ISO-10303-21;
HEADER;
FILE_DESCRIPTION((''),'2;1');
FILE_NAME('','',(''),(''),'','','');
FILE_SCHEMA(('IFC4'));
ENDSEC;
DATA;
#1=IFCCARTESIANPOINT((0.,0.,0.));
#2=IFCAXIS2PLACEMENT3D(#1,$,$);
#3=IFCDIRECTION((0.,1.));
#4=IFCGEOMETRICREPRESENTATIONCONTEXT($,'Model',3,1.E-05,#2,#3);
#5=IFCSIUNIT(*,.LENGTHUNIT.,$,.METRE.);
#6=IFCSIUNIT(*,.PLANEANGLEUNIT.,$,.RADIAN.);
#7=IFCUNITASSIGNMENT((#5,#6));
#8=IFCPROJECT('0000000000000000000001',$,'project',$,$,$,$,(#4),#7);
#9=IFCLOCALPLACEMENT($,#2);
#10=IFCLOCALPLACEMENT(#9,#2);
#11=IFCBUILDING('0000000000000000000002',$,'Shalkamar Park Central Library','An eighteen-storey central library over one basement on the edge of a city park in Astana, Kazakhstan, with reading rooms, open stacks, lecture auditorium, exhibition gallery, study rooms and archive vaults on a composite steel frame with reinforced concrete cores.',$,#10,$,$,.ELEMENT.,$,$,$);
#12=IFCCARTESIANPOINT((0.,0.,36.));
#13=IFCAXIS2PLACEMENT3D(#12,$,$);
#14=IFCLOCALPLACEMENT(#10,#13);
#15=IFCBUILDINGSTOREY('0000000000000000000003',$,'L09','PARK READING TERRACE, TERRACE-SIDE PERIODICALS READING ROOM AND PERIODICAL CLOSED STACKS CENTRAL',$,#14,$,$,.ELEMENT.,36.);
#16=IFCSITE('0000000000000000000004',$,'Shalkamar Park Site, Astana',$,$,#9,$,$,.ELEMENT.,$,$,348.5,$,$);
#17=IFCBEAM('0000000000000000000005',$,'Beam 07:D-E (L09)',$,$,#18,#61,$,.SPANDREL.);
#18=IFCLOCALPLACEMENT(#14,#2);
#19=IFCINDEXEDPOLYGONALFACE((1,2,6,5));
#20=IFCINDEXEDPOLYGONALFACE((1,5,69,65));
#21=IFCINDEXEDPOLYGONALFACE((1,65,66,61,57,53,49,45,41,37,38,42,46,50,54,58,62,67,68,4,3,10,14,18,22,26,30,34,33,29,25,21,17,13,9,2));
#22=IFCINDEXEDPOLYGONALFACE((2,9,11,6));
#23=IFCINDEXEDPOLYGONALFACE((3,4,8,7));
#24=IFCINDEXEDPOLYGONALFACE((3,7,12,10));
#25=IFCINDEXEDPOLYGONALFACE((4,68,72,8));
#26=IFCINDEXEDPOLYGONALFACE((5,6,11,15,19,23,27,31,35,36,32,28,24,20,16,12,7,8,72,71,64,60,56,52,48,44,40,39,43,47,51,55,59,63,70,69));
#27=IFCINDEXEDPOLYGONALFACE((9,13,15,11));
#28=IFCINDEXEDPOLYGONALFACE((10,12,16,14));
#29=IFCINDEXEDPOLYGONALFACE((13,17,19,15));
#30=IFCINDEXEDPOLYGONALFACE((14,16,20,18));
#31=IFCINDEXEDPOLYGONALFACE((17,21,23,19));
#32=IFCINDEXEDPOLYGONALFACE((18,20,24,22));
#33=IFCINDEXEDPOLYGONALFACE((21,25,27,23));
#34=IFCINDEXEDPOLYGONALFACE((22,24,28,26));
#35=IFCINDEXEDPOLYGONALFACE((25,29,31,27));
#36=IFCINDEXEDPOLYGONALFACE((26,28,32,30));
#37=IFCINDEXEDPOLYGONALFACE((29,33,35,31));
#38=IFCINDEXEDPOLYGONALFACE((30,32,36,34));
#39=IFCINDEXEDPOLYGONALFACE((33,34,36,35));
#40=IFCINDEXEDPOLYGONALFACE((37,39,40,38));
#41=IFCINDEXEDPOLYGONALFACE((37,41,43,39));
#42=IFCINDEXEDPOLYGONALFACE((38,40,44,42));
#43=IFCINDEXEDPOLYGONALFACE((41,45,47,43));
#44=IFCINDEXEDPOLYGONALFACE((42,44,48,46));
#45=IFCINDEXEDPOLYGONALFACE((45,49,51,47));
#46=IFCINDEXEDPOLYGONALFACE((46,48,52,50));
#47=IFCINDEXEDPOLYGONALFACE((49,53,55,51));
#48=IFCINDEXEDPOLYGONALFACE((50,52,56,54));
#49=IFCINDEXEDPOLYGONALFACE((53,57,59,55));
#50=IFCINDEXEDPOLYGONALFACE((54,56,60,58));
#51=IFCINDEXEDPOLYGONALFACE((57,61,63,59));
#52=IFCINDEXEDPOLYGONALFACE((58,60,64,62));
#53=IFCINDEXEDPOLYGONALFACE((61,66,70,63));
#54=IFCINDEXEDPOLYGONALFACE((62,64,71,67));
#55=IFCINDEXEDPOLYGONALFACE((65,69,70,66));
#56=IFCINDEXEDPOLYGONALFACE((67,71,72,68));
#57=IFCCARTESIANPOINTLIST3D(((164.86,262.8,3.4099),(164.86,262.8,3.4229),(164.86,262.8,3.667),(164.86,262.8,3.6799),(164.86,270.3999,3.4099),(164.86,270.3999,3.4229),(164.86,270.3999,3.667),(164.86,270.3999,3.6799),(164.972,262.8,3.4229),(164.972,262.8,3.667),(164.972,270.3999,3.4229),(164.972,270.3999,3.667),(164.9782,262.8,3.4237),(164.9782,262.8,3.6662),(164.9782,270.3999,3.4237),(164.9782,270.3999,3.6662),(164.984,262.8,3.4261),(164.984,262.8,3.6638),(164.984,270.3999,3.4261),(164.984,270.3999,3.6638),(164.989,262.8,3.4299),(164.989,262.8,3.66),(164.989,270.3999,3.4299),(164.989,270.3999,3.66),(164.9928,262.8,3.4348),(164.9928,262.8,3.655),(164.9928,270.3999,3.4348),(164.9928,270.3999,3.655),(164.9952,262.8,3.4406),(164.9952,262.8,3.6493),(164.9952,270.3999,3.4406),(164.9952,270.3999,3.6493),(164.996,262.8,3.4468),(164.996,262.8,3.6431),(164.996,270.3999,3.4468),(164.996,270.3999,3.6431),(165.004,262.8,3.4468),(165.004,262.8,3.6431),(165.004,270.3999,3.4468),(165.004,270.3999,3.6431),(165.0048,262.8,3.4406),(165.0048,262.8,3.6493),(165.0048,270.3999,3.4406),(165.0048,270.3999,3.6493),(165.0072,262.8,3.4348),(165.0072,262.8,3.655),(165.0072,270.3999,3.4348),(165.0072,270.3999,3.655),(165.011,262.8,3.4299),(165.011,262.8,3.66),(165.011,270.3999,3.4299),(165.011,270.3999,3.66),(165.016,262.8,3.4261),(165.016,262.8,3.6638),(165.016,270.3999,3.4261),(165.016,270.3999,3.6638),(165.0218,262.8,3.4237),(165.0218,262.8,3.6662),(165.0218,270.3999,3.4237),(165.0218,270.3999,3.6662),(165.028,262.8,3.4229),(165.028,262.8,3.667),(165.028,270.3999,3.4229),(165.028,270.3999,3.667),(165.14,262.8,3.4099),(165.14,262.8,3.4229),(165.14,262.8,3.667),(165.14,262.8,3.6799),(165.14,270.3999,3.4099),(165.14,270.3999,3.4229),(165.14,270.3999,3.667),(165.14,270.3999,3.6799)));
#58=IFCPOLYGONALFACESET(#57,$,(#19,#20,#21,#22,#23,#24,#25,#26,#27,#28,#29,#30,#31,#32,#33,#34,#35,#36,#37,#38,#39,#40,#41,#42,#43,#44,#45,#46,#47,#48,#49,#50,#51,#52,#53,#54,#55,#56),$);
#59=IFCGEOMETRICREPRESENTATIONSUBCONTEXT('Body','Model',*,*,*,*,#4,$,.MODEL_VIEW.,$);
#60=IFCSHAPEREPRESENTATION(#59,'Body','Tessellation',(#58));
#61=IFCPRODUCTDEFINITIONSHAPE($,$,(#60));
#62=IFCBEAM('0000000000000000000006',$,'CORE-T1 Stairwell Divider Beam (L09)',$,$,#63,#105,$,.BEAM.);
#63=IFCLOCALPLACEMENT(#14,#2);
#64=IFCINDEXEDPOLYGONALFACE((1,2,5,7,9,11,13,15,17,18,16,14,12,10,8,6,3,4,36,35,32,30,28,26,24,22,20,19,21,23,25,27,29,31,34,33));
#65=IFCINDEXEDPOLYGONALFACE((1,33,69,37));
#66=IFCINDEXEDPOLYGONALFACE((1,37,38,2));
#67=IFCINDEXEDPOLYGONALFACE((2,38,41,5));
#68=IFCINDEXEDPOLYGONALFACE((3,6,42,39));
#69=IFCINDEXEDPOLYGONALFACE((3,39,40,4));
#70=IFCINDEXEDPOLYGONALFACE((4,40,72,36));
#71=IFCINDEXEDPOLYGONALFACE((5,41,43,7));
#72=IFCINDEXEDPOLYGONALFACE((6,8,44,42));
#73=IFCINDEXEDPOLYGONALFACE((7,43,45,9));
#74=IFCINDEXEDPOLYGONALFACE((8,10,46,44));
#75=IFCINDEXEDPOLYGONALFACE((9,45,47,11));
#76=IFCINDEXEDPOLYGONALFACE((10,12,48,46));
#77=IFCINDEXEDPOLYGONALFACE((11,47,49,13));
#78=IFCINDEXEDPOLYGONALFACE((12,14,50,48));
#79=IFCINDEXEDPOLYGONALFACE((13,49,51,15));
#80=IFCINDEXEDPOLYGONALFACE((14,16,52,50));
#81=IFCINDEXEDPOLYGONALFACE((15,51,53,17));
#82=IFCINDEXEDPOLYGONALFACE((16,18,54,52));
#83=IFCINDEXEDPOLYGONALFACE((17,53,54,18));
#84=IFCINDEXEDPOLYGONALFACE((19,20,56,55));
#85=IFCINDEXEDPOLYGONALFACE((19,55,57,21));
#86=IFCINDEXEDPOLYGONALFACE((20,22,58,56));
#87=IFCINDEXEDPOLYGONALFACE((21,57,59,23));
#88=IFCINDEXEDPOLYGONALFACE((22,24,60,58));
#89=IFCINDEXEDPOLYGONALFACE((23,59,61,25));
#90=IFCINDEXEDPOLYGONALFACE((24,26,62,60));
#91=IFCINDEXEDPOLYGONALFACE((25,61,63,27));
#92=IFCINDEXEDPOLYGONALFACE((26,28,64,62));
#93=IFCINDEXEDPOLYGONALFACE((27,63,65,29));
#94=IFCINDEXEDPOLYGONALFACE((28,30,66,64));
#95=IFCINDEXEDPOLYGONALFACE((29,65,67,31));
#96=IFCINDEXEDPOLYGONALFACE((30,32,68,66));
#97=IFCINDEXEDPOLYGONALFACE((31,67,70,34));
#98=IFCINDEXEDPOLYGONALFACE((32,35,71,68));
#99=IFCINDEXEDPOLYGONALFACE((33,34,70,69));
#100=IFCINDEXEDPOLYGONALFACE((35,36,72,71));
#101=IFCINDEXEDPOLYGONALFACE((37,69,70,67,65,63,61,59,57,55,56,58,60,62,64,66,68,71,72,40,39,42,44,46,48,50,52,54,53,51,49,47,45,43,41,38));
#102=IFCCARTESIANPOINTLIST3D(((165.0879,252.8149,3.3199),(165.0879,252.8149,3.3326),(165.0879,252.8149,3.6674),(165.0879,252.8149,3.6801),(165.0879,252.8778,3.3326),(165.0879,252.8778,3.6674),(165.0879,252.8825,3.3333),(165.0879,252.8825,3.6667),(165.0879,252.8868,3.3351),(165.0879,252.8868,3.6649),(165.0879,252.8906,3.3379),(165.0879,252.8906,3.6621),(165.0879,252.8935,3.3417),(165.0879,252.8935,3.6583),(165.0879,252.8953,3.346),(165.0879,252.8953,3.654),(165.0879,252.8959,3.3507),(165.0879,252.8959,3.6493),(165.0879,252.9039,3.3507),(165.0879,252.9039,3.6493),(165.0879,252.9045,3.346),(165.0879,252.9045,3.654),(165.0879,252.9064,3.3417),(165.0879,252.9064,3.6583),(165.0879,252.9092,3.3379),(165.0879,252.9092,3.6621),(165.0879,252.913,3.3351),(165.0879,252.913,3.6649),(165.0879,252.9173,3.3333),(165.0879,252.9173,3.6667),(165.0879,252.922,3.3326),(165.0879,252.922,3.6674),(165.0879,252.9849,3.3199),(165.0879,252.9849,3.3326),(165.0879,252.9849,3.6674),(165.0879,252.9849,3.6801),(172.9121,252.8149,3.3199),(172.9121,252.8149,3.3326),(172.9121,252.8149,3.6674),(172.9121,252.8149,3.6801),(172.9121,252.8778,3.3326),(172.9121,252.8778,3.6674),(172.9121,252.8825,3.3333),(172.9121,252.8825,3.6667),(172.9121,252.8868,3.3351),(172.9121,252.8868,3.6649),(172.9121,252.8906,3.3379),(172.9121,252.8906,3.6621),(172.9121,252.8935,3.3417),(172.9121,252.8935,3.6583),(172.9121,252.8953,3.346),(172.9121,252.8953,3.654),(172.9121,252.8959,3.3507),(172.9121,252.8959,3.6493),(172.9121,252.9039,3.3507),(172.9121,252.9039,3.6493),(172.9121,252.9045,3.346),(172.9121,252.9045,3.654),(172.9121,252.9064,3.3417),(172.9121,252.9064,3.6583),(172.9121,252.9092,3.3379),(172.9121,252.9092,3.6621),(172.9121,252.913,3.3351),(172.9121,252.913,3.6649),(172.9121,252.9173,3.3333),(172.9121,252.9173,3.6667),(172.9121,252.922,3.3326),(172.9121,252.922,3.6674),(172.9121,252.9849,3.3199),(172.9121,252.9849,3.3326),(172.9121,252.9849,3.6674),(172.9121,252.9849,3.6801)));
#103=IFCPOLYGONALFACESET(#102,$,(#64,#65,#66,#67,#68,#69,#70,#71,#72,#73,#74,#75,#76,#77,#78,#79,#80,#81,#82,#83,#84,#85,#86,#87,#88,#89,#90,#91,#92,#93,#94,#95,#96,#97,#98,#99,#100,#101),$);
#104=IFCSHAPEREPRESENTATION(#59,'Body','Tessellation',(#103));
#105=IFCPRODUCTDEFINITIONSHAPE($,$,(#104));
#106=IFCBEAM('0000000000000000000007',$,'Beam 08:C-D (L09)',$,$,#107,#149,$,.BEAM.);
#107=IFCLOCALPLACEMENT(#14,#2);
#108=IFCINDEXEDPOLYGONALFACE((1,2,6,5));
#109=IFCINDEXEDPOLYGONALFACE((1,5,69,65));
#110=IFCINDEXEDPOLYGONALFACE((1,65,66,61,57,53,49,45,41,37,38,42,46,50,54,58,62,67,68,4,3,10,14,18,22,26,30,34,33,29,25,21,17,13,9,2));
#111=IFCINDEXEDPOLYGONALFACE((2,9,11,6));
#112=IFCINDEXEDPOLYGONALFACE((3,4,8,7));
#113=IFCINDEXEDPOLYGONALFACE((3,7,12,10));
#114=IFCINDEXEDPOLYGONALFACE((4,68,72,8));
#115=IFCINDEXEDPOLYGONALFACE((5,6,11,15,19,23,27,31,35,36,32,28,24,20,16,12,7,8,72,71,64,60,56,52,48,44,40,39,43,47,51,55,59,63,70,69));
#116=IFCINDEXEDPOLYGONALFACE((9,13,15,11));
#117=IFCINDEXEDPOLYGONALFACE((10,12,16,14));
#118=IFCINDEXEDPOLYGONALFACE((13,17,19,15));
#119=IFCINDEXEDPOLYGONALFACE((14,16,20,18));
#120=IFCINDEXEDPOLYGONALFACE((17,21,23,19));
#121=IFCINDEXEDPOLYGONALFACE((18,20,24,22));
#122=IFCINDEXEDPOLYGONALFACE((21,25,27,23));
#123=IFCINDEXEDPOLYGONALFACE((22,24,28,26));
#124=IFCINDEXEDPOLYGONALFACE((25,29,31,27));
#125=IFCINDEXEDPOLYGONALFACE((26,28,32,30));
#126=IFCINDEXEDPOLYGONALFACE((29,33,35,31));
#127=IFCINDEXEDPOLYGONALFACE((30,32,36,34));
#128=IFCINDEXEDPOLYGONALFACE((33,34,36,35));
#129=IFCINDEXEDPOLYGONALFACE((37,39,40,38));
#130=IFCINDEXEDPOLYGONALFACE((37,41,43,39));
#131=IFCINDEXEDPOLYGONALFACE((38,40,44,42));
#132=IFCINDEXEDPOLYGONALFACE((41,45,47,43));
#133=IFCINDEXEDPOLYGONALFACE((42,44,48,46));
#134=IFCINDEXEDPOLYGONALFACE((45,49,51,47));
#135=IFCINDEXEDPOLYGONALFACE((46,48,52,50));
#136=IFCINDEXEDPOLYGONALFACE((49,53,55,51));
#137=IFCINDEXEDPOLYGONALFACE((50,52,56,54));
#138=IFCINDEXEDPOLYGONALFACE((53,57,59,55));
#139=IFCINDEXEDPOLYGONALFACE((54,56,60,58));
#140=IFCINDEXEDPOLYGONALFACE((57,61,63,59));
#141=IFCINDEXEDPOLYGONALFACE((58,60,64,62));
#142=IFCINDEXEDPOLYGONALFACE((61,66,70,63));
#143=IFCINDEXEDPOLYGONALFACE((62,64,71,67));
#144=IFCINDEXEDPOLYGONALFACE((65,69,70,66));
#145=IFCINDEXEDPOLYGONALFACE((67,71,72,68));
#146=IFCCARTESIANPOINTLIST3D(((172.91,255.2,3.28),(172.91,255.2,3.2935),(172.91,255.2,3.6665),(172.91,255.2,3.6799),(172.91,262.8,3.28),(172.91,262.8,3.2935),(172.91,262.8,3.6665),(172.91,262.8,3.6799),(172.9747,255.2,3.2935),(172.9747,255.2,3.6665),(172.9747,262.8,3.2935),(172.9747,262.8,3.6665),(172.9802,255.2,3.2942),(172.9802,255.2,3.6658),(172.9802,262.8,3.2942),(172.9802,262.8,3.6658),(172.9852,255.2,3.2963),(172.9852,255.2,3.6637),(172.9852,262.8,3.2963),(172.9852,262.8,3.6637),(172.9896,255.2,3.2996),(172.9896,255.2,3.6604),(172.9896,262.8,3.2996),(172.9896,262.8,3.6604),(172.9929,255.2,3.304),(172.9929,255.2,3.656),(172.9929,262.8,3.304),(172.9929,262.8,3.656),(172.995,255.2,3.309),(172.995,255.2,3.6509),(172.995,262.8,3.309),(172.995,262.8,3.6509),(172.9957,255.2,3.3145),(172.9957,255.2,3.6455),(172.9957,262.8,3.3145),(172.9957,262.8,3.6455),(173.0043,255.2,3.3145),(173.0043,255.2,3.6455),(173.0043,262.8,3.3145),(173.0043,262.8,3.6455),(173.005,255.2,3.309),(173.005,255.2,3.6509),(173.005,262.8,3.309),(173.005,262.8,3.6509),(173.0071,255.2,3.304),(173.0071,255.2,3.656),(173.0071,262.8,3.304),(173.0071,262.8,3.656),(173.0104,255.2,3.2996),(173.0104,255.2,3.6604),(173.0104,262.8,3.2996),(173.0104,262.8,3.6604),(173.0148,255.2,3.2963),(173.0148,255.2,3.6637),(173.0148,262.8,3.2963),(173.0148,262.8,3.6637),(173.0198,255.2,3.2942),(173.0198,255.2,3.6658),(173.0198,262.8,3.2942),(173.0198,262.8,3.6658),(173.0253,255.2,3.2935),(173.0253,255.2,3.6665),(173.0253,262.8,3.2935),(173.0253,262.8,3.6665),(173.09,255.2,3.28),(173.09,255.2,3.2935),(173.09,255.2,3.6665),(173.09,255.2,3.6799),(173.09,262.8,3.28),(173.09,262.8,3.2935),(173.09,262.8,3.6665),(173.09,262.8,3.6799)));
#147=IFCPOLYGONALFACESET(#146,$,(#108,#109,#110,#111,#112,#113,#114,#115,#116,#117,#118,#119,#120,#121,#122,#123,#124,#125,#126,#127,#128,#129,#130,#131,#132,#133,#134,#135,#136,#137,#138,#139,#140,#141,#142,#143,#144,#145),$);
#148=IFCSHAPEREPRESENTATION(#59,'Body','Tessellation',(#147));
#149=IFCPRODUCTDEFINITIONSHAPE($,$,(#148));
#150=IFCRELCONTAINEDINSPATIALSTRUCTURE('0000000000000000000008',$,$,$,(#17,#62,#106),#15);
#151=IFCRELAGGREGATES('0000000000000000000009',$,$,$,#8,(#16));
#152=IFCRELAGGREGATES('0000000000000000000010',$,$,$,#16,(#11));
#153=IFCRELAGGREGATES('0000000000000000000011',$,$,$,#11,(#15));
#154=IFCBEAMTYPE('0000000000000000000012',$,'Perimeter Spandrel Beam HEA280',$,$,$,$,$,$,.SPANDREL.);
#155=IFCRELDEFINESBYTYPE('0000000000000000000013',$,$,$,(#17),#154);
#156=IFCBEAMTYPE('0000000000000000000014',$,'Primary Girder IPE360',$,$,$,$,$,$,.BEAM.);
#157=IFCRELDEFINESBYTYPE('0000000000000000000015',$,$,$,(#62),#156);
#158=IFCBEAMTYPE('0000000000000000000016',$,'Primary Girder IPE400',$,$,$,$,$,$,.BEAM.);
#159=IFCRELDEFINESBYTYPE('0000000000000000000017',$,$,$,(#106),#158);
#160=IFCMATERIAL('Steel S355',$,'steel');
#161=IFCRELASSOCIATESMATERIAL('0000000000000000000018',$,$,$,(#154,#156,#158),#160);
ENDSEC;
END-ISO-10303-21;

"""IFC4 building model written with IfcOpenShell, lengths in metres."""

from ifc_helpers import new_model, si_unit, direction, frame, origin, origin_2d, place, context, subcontext, project, spatial, i_section, extrude, material, material_profile, profile_set, type_object, element, save


model = new_model("IFC4")

# Units and contexts
model_context = context("Model", 3, precision=1e-05, world=origin(), true_north=direction((0.0, 1.0)))
body_context = subcontext(model_context, "Body", "Model", "MODEL_VIEW")
ifc_project = project(units=[si_unit("LENGTHUNIT", "METRE"), si_unit("PLANEANGLEUNIT", "RADIAN")], contexts=[model_context])

# Site, building, storey
site_placement = place(None, origin())
site = spatial("IfcSite", under=ifc_project, at=site_placement, Name="Shalkamar Park Site, Astana", CompositionType="ELEMENT", RefElevation=348.5)
building_placement = place(site_placement, origin())
building = spatial("IfcBuilding", under=site, at=building_placement, Name="Shalkamar Park Central Library", Description="An eighteen-storey central library over one basement on the edge of a city park in Astana, Kazakhstan, with reading rooms, open stacks, lecture auditorium, exhibition gallery, study rooms and archive vaults on a composite steel frame with reinforced concrete cores.", CompositionType="ELEMENT")
storey_placement = place(building_placement, frame((0.0, 0.0, 36.0)))
storey = spatial("IfcBuildingStorey", under=building, at=storey_placement, Name="L09", Description="PARK READING TERRACE, TERRACE-SIDE PERIODICALS READING ROOM AND PERIODICAL CLOSED STACKS CENTRAL", CompositionType="ELEMENT", Elevation=36.0)

# Shared definitions
ifc_material_1 = material(Name="Steel S355", Category="steel")

# Beams
ifc_material_profile_1 = material_profile(ifc_material_1, i_section(OverallWidth=0.28, OverallDepth=0.27, WebThickness=0.0081, FlangeThickness=0.0129, FilletRadius=0.0239, at=origin_2d()), Name="HEA 280")
ifc_profile_set_1 = profile_set([ifc_material_profile_1], Name="Steel S355")
beam_type_1 = type_object("IfcBeamType", Name="Perimeter Spandrel Beam HEA280", PredefinedType="SPANDREL", material=ifc_profile_set_1)
beam_1_placement = place(storey_placement, frame((165.0, 262.8, 3.5449), z_axis=(0.0, 1.0, 0.0), x_axis=(-1.0, 0.0, 0.0)))
element("IfcBeam", 1, at=beam_1_placement, inside=storey, type_object=beam_type_1, Name="Beam 07:D-E (L09)", PredefinedType="SPANDREL", context=body_context, shape_type="SweptSolid", body=[
    extrude(i_section(OverallWidth=0.28, OverallDepth=0.27, WebThickness=0.0081, FlangeThickness=0.0129, FilletRadius=0.0239, at=origin_2d()), origin(), (0.0, 0.0, 1.0), 7.5999),
])
ifc_material_profile_2 = material_profile(ifc_material_1, i_section(OverallWidth=0.1699, OverallDepth=0.3601, WebThickness=0.0081, FlangeThickness=0.0127, FilletRadius=0.0181, at=origin_2d()), Name="IPE 360")
ifc_profile_set_2 = profile_set([ifc_material_profile_2], Name="Steel S355")
beam_type_2 = type_object("IfcBeamType", Name="Primary Girder IPE360", PredefinedType="BEAM", material=ifc_profile_set_2)
beam_2_placement = place(storey_placement, frame((165.0879, 252.8999, 3.5), z_axis=(1.0, 0.0, 0.0), x_axis=(0.0, 1.0, 0.0)))
element("IfcBeam", 2, at=beam_2_placement, inside=storey, type_object=beam_type_2, Name="CORE-T1 Stairwell Divider Beam (L09)", PredefinedType="BEAM", context=body_context, shape_type="SweptSolid", body=[
    extrude(i_section(OverallWidth=0.1699, OverallDepth=0.3601, WebThickness=0.0081, FlangeThickness=0.0127, FilletRadius=0.0181, at=origin_2d()), origin(), (0.0, 0.0, 1.0), 7.8242),
])
ifc_material_profile_3 = material_profile(ifc_material_1, i_section(OverallWidth=0.1799, OverallDepth=0.3999, WebThickness=0.0085, FlangeThickness=0.0134, FilletRadius=0.021, at=origin_2d()), Name="IPE 400")
ifc_profile_set_3 = profile_set([ifc_material_profile_3], Name="Steel S355")
beam_type_3 = type_object("IfcBeamType", Name="Primary Girder IPE400", PredefinedType="BEAM", material=ifc_profile_set_3)
beam_3_placement = place(storey_placement, frame((173.0, 255.2, 3.48), z_axis=(0.0, 1.0, 0.0), x_axis=(-1.0, 0.0, 0.0)))
element("IfcBeam", 3, at=beam_3_placement, inside=storey, type_object=beam_type_3, Name="Beam 08:C-D (L09)", PredefinedType="BEAM", context=body_context, shape_type="SweptSolid", body=[
    extrude(i_section(OverallWidth=0.1799, OverallDepth=0.3999, WebThickness=0.0085, FlangeThickness=0.0134, FilletRadius=0.021, at=origin_2d()), origin(), (0.0, 0.0, 1.0), 7.6001),
])

save(model, "model.ifc")
